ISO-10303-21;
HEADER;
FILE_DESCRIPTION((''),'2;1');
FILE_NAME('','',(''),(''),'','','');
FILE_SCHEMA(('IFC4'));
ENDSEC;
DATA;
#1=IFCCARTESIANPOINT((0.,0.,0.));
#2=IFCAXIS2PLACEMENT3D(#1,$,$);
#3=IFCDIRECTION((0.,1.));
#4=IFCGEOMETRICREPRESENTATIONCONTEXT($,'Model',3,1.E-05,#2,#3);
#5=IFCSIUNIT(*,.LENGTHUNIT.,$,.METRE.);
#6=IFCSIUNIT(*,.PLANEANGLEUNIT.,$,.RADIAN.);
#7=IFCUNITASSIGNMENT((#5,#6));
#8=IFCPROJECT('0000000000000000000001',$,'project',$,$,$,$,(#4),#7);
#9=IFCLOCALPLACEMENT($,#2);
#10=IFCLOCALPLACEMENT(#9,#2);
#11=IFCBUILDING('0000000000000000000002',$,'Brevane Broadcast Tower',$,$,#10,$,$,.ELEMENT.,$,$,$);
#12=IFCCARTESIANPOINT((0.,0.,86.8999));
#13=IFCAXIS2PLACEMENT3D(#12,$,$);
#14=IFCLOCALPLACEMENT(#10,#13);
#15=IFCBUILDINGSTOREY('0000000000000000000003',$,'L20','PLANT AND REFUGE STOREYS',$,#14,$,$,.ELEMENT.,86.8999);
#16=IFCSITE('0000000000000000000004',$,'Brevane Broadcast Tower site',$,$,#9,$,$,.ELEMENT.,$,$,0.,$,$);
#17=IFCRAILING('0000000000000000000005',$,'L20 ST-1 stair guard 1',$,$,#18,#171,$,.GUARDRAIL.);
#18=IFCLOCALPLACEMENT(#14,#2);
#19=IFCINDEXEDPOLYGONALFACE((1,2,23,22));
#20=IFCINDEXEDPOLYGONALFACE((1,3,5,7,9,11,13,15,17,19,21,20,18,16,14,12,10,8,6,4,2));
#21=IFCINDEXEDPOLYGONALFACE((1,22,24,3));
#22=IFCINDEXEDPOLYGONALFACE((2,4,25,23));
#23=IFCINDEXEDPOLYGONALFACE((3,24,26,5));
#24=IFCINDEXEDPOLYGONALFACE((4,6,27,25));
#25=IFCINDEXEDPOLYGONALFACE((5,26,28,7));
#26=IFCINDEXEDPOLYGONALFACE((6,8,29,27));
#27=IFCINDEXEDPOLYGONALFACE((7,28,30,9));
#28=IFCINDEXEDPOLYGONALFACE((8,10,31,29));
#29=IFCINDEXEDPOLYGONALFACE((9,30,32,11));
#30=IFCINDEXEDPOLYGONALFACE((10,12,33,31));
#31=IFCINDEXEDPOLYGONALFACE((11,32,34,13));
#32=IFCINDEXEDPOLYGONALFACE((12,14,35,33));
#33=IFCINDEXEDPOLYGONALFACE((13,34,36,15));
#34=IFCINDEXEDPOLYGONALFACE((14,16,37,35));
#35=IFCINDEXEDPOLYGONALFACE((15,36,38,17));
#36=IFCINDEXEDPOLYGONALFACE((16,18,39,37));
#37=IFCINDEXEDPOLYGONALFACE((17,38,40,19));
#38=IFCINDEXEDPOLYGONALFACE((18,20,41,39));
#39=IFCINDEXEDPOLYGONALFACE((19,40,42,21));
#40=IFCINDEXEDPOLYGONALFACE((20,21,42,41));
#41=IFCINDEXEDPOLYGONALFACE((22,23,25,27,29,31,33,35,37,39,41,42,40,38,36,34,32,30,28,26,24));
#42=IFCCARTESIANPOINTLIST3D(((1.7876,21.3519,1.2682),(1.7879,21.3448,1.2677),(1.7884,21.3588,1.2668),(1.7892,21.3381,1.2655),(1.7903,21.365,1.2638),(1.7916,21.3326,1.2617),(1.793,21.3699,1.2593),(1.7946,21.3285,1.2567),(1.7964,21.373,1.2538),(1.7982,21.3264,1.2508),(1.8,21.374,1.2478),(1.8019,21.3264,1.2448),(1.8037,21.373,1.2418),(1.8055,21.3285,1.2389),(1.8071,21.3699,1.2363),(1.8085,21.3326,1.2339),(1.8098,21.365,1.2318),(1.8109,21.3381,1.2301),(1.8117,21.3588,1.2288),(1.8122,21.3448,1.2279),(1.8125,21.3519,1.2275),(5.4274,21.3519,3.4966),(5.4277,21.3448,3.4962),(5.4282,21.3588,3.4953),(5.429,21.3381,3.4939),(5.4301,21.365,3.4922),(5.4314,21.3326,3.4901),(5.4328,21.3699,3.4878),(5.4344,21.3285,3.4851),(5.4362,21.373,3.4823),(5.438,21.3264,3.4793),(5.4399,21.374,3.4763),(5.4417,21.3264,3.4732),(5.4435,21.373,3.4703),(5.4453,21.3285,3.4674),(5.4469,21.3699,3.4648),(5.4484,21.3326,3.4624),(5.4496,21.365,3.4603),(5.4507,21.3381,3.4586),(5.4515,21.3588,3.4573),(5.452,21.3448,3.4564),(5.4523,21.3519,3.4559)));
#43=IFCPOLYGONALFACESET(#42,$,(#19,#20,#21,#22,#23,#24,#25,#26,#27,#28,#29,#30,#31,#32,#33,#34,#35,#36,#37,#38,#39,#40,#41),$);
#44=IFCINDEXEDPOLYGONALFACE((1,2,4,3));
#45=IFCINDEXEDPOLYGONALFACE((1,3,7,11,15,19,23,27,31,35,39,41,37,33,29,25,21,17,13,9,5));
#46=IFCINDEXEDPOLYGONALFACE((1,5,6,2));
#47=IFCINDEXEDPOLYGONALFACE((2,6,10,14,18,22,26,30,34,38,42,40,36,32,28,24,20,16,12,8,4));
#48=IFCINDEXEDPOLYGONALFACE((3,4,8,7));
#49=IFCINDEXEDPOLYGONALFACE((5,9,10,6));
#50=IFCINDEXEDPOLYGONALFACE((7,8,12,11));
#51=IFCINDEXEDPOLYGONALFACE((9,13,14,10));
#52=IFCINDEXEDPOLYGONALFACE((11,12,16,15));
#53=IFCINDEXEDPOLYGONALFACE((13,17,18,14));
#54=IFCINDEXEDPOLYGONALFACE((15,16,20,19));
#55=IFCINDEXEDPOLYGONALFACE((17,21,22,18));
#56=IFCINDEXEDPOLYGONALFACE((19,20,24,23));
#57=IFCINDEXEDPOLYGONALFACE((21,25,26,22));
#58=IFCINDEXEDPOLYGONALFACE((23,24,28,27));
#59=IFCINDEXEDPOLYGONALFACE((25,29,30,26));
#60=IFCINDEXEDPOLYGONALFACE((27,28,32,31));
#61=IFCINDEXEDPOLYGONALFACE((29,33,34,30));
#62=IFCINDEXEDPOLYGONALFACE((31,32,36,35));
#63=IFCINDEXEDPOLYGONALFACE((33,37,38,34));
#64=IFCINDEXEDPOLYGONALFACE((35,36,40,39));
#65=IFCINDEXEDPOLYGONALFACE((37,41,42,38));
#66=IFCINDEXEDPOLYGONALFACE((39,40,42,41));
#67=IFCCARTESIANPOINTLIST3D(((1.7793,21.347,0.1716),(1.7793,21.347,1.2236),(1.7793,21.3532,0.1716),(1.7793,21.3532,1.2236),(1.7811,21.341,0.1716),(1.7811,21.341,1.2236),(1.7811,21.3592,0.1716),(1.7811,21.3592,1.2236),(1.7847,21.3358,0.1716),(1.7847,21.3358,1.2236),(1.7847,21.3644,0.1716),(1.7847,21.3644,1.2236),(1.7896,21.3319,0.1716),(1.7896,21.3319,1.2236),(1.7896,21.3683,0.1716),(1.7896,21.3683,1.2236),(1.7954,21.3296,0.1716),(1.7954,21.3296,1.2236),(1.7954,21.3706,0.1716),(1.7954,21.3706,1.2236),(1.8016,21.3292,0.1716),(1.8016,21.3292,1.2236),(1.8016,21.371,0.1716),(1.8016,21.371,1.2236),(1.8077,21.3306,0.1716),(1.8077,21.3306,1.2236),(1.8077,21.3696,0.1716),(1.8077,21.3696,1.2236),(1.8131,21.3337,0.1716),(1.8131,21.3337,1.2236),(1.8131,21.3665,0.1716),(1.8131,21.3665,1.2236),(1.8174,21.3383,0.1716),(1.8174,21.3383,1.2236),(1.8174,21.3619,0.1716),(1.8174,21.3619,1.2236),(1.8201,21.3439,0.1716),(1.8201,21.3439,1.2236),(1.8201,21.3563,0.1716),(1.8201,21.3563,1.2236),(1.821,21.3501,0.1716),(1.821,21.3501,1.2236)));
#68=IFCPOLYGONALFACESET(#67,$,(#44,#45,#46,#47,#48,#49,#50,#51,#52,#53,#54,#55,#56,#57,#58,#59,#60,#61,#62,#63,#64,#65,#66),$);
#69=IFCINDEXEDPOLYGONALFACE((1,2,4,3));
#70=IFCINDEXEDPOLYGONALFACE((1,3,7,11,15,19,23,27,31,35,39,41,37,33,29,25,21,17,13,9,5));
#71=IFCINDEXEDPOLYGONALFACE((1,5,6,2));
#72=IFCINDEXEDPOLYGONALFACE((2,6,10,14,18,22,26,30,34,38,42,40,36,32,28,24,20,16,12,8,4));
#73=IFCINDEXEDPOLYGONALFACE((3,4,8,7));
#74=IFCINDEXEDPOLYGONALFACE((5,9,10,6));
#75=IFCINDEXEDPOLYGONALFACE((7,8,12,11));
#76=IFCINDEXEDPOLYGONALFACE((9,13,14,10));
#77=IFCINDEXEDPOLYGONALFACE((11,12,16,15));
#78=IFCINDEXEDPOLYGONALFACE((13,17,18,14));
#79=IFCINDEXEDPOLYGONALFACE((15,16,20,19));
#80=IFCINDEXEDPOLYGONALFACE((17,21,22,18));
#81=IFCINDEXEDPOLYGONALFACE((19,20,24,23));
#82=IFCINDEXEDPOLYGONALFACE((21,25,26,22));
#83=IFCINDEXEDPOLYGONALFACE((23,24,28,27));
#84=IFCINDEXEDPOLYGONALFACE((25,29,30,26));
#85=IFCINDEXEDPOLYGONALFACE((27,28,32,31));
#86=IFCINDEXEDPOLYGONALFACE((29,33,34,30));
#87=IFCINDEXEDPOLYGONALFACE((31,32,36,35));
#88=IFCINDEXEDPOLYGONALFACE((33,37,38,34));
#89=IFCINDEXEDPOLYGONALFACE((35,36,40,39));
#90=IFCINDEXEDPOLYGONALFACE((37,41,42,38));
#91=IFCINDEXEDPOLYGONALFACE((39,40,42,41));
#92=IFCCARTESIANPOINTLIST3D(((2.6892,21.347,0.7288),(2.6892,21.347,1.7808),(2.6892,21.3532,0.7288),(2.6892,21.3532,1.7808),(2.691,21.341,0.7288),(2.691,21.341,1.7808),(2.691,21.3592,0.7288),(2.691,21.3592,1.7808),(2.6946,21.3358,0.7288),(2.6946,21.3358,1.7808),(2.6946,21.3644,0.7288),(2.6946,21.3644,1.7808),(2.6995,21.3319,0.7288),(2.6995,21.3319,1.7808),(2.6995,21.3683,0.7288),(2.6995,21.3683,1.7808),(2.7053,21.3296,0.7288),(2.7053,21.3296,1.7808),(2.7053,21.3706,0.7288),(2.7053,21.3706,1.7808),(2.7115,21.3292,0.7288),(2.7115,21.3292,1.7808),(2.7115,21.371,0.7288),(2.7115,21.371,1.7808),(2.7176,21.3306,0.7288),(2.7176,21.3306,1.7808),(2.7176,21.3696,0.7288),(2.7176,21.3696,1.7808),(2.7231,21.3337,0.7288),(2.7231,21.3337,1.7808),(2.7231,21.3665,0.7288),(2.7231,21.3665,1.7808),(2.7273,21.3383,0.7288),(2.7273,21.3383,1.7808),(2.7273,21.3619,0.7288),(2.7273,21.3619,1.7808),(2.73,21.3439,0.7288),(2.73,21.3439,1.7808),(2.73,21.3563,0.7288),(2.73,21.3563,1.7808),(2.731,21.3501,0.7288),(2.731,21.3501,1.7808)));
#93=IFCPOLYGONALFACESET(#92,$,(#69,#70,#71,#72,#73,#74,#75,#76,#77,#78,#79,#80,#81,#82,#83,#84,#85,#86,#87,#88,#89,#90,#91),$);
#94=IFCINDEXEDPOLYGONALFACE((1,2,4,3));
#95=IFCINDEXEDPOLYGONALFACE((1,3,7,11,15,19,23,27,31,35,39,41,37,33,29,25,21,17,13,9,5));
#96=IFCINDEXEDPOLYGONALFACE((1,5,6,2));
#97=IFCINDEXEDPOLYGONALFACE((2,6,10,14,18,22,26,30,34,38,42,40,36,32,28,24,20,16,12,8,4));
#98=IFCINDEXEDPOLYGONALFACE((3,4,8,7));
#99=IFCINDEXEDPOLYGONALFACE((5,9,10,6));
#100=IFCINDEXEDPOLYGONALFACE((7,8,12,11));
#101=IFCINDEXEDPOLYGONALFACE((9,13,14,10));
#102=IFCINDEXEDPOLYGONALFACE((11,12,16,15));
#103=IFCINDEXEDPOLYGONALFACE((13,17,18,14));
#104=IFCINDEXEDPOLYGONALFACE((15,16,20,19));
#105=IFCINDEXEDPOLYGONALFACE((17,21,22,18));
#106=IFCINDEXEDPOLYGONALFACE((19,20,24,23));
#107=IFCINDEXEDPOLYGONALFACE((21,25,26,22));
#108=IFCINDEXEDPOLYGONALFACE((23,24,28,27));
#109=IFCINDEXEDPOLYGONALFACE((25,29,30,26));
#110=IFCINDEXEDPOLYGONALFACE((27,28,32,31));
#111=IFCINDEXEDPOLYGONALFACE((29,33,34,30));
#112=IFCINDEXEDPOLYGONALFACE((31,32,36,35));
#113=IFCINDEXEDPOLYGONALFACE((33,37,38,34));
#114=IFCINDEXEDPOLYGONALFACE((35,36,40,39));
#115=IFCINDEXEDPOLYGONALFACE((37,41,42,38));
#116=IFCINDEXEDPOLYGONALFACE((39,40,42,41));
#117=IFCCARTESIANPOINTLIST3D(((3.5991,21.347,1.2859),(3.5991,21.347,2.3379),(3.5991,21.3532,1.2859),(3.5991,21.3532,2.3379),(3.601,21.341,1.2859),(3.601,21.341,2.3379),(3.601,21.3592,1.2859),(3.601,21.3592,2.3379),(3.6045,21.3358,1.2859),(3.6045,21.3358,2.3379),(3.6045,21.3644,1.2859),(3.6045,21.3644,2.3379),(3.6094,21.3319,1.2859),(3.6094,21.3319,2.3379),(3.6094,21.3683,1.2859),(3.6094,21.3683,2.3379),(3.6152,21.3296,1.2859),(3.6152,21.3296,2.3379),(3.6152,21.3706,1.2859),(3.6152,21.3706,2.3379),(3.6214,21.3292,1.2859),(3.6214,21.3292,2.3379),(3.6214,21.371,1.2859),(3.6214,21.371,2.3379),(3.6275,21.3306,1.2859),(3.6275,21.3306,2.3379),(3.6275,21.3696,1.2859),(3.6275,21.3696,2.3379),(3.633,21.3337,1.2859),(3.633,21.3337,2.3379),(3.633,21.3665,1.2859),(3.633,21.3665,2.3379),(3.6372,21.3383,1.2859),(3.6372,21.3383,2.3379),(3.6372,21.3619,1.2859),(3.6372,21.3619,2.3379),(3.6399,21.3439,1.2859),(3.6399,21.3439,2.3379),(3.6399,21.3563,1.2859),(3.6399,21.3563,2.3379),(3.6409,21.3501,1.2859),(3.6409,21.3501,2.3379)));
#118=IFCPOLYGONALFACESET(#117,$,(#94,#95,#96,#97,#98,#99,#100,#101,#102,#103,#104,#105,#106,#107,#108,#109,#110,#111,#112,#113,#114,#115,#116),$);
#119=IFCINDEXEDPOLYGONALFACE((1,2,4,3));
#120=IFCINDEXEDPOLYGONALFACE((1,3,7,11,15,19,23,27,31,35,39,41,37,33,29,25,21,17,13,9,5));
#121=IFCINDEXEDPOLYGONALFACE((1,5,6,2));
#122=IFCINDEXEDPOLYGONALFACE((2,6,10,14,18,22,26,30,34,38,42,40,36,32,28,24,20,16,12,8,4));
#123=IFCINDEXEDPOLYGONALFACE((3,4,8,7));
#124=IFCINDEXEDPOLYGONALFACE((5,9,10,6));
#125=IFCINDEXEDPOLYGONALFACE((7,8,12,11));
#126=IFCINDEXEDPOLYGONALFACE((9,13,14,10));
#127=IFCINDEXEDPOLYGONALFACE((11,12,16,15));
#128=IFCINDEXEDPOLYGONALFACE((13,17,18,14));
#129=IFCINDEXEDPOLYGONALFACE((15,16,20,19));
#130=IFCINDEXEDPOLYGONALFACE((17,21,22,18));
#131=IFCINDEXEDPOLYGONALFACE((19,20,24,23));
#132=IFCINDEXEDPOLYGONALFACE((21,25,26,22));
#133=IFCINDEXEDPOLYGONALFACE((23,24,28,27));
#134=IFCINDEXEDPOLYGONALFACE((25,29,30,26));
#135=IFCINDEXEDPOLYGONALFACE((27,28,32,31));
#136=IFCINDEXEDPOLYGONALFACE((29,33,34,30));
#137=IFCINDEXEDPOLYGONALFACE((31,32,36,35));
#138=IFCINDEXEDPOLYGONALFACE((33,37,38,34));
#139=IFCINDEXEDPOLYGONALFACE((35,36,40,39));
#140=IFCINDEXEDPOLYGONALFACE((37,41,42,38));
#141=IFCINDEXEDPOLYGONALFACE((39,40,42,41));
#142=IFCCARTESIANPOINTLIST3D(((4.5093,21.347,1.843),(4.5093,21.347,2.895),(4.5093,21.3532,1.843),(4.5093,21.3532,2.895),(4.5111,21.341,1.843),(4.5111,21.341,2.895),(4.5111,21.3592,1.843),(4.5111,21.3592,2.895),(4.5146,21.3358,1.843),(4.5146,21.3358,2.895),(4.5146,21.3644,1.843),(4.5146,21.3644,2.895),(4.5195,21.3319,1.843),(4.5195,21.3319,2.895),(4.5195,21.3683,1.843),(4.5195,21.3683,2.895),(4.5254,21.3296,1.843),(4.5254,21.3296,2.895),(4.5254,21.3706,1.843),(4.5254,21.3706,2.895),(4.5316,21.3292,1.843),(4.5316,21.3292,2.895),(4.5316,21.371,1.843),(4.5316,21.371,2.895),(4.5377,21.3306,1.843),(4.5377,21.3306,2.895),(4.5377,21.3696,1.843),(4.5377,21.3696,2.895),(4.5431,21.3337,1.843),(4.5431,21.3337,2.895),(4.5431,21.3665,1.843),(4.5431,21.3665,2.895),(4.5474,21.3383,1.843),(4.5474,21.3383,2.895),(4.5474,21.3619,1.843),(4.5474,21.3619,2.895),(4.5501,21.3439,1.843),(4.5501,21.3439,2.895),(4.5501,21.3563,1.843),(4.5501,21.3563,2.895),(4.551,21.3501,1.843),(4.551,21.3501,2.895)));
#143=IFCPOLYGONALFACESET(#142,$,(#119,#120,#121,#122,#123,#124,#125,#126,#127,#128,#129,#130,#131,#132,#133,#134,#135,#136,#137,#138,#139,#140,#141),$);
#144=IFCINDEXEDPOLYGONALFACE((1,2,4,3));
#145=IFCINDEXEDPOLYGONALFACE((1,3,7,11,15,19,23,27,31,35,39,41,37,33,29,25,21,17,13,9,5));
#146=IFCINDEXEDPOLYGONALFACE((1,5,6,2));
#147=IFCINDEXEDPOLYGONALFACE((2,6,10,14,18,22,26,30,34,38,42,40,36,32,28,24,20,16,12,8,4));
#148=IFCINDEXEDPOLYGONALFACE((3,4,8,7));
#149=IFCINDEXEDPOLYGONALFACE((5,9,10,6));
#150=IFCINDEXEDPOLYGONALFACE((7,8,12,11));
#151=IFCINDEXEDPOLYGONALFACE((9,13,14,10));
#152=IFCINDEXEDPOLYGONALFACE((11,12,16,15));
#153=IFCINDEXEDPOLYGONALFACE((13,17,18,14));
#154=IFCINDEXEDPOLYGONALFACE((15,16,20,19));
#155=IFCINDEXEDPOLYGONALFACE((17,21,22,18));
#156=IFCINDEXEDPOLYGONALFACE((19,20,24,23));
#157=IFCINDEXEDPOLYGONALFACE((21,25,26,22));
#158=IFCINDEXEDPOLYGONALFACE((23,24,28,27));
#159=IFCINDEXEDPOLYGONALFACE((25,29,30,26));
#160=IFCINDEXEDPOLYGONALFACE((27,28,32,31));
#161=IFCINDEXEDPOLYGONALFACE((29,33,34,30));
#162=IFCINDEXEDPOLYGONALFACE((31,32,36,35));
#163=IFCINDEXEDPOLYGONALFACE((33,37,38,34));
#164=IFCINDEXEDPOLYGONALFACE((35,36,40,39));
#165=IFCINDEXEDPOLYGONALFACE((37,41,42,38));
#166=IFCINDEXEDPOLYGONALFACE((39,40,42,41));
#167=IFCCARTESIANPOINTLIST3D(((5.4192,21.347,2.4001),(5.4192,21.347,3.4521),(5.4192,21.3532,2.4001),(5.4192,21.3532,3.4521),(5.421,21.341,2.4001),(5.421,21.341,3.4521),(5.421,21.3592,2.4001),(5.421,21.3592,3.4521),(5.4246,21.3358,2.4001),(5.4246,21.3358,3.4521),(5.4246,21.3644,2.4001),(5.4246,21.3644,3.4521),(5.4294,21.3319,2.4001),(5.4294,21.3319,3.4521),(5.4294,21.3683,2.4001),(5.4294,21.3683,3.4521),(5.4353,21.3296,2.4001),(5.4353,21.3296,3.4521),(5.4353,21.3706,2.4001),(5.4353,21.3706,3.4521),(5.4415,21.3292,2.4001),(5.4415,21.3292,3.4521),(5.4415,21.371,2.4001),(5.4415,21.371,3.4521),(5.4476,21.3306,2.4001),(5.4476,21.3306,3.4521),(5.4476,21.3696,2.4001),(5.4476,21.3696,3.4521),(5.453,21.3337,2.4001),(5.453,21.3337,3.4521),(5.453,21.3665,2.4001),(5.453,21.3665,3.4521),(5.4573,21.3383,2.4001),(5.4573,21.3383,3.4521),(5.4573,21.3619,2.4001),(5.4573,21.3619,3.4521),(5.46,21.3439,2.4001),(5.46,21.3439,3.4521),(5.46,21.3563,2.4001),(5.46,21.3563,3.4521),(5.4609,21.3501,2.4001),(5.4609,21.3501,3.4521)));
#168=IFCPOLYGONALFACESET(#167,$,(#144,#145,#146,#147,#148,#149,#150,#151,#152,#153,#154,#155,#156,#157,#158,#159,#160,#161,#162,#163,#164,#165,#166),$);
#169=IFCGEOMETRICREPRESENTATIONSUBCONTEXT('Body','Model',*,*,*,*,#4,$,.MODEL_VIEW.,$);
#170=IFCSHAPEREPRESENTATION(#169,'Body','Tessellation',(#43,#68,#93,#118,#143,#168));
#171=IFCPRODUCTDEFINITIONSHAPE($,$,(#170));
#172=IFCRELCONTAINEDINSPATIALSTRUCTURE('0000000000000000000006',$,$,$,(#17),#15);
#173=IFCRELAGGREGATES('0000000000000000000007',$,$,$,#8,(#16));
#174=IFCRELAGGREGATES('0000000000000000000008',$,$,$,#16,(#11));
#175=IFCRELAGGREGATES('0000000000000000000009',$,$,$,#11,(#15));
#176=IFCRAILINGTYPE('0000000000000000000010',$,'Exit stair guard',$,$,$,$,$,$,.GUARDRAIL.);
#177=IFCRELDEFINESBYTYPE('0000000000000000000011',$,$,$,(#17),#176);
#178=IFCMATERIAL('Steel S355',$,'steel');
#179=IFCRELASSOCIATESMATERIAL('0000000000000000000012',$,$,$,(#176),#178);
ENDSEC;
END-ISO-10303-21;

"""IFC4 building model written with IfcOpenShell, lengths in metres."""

from ifc_helpers import new_model, si_unit, direction, frame, origin, origin_2d, place, context, subcontext, project, spatial, circle, extrude, material, type_object, element, save


model = new_model("IFC4")

# Units and contexts
model_context = context("Model", 3, precision=1e-05, world=origin(), true_north=direction((0.0, 1.0)))
body_context = subcontext(model_context, "Body", "Model", "MODEL_VIEW")
ifc_project = project(units=[si_unit("LENGTHUNIT", "METRE"), si_unit("PLANEANGLEUNIT", "RADIAN")], contexts=[model_context])

# Site, building, storey
site_placement = place(None, origin())
site = spatial("IfcSite", under=ifc_project, at=site_placement, Name="Brevane Broadcast Tower site", CompositionType="ELEMENT", RefElevation=0.0)
building_placement = place(site_placement, origin())
building = spatial("IfcBuilding", under=site, at=building_placement, Name="Brevane Broadcast Tower", CompositionType="ELEMENT")
storey_placement = place(building_placement, frame((0.0, 0.0, 86.8999)))
storey = spatial("IfcBuildingStorey", under=building, at=storey_placement, Name="L20", Description="PLANT AND REFUGE STOREYS", CompositionType="ELEMENT", Elevation=86.8999)

# Shared definitions
ifc_material_1 = material(Name="Steel S355", Category="steel")

# Railing
railing_type_1 = type_object("IfcRailingType", Name="Exit stair guard", PredefinedType="GUARDRAIL", material=ifc_material_1)
railing_1_placement = place(storey_placement, frame((1.8, 21.3501, 0.1716)))
element("IfcRailing", 1, at=railing_1_placement, inside=storey, type_object=railing_type_1, Name="L20 ST-1 stair guard 1", PredefinedType="GUARDRAIL", context=body_context, shape_type="SweptSolid", body=[
    extrude(circle(Radius=0.0239, at=origin_2d()), frame((0.0, 0.0, 1.0762), z_axis=(0.85285, 0.0, 0.522156), x_axis=(0.0, 1.0, 0.0)), (0.0, 0.0, 1.0), 4.2678),
    extrude(circle(Radius=0.021, at=origin_2d()), origin(), (0.0, 0.0, 1.0), 1.052),
    extrude(circle(Radius=0.021, at=origin_2d()), frame((0.9099, 0.0, 0.5571)), (0.0, 0.0, 1.0), 1.052),
    extrude(circle(Radius=0.021, at=origin_2d()), frame((1.8198, 0.0, 1.1143)), (0.0, 0.0, 1.0), 1.052),
    extrude(circle(Radius=0.021, at=origin_2d()), frame((2.73, 0.0, 1.6714)), (0.0, 0.0, 1.0), 1.052),
    extrude(circle(Radius=0.021, at=origin_2d()), frame((3.6399, 0.0, 2.2285)), (0.0, 0.0, 1.0), 1.052),
])

save(model, "model.ifc")
